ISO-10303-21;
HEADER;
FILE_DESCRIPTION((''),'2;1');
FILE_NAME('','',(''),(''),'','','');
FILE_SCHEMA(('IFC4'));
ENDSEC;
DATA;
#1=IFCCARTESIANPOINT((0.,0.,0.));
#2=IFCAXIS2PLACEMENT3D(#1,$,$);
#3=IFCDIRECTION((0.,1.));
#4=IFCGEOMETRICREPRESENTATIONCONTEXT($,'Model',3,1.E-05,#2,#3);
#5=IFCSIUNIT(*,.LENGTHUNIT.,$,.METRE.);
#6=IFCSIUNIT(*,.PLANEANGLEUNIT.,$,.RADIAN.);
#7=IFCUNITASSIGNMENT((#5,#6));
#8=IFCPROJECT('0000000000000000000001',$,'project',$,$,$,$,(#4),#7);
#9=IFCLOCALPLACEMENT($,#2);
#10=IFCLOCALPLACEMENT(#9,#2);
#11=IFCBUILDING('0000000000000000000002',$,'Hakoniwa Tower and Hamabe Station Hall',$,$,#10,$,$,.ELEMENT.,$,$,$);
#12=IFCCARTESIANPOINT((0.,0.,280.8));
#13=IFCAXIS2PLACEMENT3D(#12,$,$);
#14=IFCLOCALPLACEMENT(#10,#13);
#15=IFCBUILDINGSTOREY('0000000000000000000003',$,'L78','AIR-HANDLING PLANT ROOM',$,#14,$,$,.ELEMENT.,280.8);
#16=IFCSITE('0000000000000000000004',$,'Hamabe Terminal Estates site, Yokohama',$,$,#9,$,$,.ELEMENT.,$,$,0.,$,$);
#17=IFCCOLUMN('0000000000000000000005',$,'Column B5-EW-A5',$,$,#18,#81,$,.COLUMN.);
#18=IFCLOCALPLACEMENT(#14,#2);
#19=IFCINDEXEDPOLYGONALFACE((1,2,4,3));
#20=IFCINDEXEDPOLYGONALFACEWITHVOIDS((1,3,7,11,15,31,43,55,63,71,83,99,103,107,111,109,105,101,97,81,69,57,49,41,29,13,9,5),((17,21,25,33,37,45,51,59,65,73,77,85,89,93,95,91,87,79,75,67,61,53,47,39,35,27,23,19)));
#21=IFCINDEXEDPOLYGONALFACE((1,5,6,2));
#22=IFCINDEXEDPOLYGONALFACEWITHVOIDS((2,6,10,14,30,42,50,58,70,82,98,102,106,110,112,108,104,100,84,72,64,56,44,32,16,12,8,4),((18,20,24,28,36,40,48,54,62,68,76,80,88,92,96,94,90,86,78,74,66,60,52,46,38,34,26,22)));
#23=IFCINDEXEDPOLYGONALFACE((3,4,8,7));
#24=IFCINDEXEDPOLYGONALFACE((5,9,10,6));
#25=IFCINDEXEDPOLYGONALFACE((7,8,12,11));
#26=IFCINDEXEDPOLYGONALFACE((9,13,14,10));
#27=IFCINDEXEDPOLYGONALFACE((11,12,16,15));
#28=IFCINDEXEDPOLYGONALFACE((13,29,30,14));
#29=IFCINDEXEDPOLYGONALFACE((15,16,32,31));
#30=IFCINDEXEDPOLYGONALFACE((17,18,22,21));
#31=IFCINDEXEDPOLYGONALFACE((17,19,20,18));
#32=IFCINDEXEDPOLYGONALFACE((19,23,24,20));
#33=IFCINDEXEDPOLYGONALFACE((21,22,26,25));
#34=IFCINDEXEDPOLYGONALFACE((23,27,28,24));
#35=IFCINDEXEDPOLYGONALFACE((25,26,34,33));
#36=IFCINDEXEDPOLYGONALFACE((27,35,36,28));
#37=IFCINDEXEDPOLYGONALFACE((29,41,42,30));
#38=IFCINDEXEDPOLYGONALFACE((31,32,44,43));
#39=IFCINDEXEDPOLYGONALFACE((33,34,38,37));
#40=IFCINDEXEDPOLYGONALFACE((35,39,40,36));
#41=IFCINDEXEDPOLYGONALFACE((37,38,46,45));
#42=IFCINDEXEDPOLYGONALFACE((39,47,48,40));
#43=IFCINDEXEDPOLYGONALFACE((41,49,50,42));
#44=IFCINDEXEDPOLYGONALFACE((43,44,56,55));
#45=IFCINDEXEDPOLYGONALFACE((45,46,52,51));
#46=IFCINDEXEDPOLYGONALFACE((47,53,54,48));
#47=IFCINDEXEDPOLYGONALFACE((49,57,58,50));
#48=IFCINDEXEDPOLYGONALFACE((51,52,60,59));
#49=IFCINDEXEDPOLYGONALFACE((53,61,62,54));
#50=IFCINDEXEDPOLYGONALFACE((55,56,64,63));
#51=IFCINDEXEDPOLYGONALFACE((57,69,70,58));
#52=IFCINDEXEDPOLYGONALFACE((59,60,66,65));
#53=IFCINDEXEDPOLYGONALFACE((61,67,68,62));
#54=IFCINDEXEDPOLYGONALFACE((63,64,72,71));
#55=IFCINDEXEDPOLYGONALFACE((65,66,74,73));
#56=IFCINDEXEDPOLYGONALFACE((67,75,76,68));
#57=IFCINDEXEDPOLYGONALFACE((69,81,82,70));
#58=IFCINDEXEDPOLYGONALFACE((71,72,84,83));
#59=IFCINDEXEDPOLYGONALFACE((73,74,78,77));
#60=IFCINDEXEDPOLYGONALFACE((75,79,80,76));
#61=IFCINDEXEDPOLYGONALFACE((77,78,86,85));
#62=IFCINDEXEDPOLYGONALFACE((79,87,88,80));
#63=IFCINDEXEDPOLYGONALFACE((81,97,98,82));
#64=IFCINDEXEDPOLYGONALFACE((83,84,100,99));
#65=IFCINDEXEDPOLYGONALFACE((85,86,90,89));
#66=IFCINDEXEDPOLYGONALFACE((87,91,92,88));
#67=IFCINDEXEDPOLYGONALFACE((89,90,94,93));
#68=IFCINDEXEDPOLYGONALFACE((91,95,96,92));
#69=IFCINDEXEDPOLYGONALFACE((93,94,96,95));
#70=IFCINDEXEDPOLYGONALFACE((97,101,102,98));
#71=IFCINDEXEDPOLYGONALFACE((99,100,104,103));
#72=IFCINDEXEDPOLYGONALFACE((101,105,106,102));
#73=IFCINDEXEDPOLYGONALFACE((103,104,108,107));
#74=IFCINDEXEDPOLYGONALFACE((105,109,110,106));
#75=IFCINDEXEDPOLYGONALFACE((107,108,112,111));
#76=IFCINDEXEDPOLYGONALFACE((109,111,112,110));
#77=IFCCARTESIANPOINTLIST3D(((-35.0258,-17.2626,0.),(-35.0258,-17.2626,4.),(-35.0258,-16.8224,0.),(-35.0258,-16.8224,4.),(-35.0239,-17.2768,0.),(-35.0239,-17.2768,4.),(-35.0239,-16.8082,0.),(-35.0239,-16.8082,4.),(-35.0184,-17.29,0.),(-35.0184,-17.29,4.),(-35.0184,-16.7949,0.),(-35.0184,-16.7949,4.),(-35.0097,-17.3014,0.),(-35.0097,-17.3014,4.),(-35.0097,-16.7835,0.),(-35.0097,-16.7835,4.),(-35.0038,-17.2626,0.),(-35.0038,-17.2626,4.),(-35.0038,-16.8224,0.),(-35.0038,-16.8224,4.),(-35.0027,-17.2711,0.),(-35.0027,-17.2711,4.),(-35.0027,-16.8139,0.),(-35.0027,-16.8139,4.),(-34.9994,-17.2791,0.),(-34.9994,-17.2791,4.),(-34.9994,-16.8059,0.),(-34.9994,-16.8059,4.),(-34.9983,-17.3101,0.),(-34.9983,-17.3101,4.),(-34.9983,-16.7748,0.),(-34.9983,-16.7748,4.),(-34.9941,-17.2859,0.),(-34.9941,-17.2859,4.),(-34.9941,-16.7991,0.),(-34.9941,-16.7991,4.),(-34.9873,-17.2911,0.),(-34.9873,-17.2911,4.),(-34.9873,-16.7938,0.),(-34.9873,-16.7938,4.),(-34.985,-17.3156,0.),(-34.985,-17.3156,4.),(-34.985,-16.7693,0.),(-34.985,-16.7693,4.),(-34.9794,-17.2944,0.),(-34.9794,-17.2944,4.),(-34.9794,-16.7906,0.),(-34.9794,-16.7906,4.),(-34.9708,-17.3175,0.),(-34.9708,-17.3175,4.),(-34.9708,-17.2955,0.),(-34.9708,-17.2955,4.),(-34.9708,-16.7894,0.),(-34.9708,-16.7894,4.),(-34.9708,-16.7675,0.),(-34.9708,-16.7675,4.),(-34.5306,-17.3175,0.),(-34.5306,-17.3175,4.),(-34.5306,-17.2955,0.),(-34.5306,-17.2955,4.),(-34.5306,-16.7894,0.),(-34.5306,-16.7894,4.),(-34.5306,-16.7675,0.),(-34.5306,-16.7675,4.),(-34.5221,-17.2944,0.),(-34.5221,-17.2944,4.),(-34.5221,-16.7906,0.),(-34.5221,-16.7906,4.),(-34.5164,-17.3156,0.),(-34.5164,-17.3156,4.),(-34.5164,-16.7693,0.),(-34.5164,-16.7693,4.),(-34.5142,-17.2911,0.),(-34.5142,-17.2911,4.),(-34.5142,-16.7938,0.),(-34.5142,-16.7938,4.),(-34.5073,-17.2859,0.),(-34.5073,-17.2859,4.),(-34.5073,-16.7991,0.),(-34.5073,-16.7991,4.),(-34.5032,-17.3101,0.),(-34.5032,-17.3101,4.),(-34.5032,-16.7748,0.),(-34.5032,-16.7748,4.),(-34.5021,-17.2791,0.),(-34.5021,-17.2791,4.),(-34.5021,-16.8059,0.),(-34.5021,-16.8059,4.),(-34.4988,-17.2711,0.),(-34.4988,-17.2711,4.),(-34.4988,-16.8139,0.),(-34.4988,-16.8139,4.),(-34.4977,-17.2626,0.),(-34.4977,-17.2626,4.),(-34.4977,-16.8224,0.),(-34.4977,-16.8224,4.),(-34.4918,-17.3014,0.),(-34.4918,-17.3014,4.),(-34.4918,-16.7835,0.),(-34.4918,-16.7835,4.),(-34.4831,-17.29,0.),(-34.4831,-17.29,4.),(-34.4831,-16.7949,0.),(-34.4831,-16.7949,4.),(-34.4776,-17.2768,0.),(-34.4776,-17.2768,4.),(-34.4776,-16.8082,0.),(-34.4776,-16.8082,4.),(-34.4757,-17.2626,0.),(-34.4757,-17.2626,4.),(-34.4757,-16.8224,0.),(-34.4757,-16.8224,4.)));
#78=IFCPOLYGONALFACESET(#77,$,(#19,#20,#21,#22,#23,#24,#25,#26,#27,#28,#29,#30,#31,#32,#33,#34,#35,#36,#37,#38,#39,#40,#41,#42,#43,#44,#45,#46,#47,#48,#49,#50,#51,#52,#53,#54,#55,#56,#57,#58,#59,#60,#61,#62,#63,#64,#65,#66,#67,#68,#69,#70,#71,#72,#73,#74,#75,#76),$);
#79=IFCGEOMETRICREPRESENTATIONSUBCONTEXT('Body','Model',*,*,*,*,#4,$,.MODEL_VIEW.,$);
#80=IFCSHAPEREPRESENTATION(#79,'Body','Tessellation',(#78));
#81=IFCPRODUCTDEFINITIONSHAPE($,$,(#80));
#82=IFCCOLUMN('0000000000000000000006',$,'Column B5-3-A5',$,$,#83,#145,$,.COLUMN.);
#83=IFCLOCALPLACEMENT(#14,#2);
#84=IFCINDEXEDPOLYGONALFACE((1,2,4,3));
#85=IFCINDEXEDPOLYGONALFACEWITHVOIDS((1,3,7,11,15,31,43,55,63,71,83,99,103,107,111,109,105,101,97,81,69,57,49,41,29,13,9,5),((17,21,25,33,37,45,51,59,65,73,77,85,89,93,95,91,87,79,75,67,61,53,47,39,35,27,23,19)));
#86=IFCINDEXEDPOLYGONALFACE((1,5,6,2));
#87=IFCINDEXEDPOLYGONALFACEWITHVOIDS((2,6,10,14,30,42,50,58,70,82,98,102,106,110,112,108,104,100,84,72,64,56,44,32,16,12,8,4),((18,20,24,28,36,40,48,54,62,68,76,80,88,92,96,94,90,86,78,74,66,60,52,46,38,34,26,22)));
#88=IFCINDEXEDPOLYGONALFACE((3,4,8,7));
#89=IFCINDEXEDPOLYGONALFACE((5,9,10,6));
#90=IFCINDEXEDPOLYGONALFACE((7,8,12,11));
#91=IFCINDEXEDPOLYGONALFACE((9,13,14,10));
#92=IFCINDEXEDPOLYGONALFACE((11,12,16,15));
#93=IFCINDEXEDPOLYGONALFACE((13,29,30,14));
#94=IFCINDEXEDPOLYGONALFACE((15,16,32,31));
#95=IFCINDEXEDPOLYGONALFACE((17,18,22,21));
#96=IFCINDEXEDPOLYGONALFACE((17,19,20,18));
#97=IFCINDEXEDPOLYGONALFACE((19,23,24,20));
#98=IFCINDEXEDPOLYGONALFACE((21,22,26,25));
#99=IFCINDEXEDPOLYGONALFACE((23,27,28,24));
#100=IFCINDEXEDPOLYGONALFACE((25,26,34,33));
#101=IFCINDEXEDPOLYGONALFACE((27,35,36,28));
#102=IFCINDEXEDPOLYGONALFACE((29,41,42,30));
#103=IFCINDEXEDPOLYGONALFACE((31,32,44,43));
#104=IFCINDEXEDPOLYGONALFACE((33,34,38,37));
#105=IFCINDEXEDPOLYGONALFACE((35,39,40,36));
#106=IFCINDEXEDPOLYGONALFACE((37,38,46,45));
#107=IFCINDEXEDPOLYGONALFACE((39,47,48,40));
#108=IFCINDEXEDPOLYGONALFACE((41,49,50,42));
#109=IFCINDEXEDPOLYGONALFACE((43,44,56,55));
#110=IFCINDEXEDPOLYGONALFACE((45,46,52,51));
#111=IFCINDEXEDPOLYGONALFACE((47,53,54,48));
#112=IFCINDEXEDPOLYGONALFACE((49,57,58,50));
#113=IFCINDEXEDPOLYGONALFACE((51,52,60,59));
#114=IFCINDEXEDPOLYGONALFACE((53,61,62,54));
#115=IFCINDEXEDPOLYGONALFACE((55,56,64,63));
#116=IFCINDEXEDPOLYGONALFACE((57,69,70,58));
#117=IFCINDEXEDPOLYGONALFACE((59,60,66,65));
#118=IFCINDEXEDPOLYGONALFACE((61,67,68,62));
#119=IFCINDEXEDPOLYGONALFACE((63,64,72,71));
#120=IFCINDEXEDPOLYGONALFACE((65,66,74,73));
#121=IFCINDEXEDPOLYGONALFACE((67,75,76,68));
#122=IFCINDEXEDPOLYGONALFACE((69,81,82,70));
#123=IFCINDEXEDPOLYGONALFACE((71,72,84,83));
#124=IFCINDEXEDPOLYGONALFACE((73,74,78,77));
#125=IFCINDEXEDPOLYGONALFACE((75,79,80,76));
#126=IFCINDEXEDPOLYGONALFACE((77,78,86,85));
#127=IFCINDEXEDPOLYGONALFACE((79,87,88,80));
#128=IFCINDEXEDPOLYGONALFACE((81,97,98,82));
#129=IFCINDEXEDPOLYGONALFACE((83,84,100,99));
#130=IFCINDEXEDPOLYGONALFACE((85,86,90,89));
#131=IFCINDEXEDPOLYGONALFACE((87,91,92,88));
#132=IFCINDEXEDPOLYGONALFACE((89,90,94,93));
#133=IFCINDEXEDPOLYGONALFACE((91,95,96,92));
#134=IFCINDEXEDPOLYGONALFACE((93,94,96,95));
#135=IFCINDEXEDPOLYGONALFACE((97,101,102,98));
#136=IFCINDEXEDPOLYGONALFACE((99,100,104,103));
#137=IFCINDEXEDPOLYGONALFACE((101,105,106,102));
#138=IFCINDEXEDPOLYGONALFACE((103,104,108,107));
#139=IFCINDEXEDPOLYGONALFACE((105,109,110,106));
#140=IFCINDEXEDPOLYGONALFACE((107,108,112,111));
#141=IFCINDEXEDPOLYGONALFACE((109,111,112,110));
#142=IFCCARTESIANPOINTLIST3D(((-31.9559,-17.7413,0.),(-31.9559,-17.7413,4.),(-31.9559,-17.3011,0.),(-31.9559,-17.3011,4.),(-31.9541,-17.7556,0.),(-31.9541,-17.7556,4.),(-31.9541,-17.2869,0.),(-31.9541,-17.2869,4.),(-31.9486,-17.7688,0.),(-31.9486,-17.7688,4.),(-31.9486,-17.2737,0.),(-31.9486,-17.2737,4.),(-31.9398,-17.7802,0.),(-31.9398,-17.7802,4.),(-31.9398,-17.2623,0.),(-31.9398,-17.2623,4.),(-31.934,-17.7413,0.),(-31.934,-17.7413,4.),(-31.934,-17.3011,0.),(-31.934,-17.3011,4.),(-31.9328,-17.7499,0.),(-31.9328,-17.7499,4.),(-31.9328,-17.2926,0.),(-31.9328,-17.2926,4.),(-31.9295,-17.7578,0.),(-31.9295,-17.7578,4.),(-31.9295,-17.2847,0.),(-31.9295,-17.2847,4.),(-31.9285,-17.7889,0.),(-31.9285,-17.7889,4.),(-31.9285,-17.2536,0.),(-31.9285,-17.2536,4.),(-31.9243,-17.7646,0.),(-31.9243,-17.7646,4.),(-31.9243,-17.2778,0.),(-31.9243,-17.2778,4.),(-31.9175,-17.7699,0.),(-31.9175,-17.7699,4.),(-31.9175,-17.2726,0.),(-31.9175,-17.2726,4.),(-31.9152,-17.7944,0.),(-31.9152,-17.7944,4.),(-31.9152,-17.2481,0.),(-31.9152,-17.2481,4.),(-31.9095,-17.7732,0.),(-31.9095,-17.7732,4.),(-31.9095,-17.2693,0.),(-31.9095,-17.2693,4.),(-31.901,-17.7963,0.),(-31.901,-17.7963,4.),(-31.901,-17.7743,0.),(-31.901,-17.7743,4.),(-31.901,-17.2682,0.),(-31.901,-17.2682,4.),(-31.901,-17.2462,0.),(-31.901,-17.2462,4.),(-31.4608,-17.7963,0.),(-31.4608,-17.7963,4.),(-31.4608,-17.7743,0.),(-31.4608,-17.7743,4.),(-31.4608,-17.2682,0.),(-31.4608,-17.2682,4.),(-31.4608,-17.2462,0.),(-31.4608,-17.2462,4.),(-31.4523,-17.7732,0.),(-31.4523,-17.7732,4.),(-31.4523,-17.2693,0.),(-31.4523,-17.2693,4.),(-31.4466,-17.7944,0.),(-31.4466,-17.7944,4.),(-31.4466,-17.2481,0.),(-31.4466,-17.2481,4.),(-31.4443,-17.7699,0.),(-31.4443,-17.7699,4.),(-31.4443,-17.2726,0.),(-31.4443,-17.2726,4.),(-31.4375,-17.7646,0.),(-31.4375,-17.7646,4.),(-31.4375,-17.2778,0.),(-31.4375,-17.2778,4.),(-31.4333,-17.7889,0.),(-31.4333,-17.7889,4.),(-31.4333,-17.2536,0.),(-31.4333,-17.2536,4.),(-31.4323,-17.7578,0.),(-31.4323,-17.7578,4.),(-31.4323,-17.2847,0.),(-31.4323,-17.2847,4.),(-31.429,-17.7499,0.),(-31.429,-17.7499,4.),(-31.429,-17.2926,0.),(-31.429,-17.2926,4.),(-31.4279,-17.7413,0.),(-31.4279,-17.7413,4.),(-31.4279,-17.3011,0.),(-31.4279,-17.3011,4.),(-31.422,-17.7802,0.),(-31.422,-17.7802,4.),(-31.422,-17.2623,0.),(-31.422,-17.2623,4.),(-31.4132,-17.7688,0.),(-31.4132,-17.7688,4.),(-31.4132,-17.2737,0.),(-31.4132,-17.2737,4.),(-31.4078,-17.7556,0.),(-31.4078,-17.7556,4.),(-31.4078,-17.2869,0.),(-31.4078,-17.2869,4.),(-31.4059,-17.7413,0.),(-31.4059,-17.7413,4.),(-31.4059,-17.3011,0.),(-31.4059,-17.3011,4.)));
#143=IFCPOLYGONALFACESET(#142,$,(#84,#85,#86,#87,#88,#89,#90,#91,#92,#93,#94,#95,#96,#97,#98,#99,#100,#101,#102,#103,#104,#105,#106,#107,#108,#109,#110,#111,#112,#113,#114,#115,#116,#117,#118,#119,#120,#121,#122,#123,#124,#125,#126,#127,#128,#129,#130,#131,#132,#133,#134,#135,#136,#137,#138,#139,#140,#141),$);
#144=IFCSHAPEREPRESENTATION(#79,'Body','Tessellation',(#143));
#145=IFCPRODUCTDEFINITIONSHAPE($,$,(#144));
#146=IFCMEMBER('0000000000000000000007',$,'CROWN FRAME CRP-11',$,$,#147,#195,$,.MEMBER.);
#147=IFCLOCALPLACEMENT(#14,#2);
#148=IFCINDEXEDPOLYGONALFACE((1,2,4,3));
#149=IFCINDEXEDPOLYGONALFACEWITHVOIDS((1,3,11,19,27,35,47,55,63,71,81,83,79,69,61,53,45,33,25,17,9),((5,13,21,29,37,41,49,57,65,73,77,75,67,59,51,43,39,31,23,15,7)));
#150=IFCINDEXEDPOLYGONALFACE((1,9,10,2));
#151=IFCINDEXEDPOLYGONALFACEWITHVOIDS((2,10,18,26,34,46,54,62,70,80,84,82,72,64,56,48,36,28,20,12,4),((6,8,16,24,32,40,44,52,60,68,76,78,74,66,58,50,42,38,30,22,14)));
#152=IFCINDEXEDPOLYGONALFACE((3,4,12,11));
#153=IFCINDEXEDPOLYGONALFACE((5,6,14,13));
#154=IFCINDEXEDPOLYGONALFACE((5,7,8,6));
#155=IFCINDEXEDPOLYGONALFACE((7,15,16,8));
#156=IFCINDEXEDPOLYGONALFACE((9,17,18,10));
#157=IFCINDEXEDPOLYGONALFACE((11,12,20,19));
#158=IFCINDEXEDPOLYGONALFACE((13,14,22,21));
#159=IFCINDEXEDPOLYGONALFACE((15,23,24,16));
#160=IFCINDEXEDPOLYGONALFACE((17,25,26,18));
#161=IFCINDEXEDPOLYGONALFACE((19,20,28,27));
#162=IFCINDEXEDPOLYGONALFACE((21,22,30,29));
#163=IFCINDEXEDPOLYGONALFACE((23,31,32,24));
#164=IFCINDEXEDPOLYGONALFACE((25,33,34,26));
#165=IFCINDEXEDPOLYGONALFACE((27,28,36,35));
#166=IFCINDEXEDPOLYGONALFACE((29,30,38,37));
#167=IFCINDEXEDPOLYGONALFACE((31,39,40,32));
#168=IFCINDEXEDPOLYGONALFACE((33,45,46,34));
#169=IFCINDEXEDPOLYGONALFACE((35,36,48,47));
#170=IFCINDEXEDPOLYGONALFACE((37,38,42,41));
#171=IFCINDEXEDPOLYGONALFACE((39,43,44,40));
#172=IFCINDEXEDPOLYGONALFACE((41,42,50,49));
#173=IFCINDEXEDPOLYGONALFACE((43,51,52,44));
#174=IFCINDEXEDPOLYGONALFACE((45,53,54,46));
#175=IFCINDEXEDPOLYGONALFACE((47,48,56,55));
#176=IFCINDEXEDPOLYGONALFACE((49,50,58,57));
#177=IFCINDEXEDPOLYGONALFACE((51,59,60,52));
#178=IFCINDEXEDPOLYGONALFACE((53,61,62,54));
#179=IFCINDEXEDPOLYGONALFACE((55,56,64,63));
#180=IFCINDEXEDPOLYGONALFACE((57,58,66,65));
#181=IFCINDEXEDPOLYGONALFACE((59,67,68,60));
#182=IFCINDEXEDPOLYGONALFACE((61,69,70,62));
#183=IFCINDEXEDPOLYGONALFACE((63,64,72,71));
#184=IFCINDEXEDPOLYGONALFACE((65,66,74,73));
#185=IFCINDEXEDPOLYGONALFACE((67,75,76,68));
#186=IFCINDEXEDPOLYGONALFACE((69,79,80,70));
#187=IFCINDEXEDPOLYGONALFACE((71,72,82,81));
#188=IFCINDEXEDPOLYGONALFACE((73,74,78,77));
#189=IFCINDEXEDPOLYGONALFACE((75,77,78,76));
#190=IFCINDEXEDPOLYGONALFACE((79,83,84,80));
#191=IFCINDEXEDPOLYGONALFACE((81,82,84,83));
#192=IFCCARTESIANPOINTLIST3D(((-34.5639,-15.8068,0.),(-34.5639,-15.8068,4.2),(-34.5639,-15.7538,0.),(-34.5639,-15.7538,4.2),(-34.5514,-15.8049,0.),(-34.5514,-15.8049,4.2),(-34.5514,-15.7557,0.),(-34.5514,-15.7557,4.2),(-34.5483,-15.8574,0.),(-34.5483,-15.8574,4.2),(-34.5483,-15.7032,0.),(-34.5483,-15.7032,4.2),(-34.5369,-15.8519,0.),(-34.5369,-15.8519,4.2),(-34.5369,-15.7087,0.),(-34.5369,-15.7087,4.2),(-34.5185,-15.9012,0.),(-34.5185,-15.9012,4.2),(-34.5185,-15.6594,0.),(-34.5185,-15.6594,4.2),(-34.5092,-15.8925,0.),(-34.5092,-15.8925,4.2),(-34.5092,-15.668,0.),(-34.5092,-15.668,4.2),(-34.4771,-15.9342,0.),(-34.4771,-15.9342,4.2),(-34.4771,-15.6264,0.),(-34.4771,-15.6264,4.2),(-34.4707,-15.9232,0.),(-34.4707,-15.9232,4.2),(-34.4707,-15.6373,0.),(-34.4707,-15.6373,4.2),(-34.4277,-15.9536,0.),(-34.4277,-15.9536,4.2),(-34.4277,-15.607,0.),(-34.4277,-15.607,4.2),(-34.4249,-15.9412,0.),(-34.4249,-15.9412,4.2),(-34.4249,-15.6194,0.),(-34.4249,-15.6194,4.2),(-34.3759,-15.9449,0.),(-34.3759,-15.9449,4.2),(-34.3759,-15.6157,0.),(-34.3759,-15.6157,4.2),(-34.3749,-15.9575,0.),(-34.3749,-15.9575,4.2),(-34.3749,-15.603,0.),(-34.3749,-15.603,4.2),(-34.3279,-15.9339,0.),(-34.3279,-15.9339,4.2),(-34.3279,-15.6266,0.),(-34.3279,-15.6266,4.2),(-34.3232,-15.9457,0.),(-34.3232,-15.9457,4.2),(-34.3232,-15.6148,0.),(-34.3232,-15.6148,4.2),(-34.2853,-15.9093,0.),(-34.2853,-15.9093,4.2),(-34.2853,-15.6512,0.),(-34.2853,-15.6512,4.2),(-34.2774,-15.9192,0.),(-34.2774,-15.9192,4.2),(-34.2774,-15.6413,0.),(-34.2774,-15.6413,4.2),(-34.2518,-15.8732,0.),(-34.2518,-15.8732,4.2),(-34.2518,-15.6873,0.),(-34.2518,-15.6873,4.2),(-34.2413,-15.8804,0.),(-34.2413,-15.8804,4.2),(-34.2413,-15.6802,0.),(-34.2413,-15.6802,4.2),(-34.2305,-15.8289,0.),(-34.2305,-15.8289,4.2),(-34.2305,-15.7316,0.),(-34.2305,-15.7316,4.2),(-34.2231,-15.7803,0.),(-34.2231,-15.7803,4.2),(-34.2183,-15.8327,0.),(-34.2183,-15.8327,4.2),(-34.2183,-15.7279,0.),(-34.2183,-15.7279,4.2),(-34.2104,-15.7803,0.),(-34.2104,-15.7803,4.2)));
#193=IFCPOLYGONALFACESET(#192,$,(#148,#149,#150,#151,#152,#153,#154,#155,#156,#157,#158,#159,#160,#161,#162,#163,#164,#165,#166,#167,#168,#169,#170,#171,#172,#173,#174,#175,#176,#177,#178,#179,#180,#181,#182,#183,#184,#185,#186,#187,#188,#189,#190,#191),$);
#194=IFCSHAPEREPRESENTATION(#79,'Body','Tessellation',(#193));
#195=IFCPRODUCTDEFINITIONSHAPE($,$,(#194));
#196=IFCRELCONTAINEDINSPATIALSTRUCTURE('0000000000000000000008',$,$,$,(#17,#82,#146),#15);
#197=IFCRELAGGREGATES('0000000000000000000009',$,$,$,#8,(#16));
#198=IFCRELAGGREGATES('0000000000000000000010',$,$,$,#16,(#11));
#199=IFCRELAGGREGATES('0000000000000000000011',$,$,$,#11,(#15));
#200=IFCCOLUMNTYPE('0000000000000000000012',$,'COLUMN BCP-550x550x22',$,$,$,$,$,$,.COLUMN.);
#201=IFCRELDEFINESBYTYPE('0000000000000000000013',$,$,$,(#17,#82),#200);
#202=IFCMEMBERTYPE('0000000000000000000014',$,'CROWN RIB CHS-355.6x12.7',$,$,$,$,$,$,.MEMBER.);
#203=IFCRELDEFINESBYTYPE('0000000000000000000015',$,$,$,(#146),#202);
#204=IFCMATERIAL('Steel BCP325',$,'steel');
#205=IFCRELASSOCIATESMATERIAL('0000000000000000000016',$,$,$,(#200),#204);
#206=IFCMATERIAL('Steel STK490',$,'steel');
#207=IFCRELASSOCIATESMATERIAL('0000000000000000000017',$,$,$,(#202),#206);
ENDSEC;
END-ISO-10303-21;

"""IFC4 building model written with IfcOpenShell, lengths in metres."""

from ifc_helpers import new_model, si_unit, direction, frame, origin, origin_2d, place, context, subcontext, project, spatial, hollow_rectangle, hollow_circle, extrude, material, material_profile, profile_set, type_object, element, save


model = new_model("IFC4")

# Units and contexts
model_context = context("Model", 3, precision=1e-05, world=origin(), true_north=direction((0.0, 1.0)))
body_context = subcontext(model_context, "Body", "Model", "MODEL_VIEW")
ifc_project = project(units=[si_unit("LENGTHUNIT", "METRE"), si_unit("PLANEANGLEUNIT", "RADIAN")], contexts=[model_context])

# Site, building, storey
site_placement = place(None, origin())
site = spatial("IfcSite", under=ifc_project, at=site_placement, Name="Hamabe Terminal Estates site, Yokohama", CompositionType="ELEMENT", RefElevation=0.0)
building_placement = place(site_placement, origin())
building = spatial("IfcBuilding", under=site, at=building_placement, Name="Hakoniwa Tower and Hamabe Station Hall", CompositionType="ELEMENT")
storey_placement = place(building_placement, frame((0.0, 0.0, 280.8)))
storey = spatial("IfcBuildingStorey", under=building, at=storey_placement, Name="L78", Description="AIR-HANDLING PLANT ROOM", CompositionType="ELEMENT", Elevation=280.8)

# Columns
ifc_material_1 = material(Name="Steel BCP325", Category="steel")
ifc_material_profile_1 = material_profile(ifc_material_1, hollow_rectangle(XDim=0.55, YDim=0.55, WallThickness=0.022, InnerFilletRadius=0.033, OuterFilletRadius=0.0549, at=origin_2d()), Name="BCP-550x550x22")
ifc_profile_set_1 = profile_set([ifc_material_profile_1], Name="Steel BCP325")
column_type = type_object("IfcColumnType", Name="COLUMN BCP-550x550x22", PredefinedType="COLUMN", material=ifc_profile_set_1)
for number, where, z_axis, x_axis, name in (
    (1, (-34.7507, -17.0425, 0.0), (0.0, 0.0, 1.0), (1.0, 0.0, 0.0), "Column B5-EW-A5"),
    (2, (-31.6809, -17.5212, 0.0), (0.0, 0.0, 1.0), (1.0, 0.0, 0.0), "Column B5-3-A5"),
):
    element("IfcColumn", number, at=place(storey_placement, frame(where, z_axis=z_axis, x_axis=x_axis)), inside=storey, type_object=column_type, Name=name, PredefinedType="COLUMN", context=body_context, shape_type="SweptSolid", body=[
        extrude(hollow_rectangle(XDim=0.55, YDim=0.55, WallThickness=0.022, InnerFilletRadius=0.033, OuterFilletRadius=0.0549, at=origin_2d()), origin(), (0.0, 0.0, 1.0), 4.0),
    ])

# Member
ifc_material_2 = material(Name="Steel STK490", Category="steel")
ifc_material_profile_2 = material_profile(ifc_material_2, hollow_circle(Radius=0.1777, WallThickness=0.0127, at=origin_2d()), Name="CHS-355.6x12.7")
ifc_profile_set_2 = profile_set([ifc_material_profile_2], Name="Steel STK490")
member_type = type_object("IfcMemberType", Name="CROWN RIB CHS-355.6x12.7", PredefinedType="MEMBER", material=ifc_profile_set_2)
for number, where, z_axis, x_axis, name in (
    (3, (-34.3882, -15.7803, 0.0), (0.0, 0.0, 1.0), (1.0, 0.0, 0.0), "CROWN FRAME CRP-11"),
):
    element("IfcMember", number, at=place(storey_placement, frame(where, z_axis=z_axis, x_axis=x_axis)), inside=storey, type_object=member_type, Name=name, PredefinedType="MEMBER", context=body_context, shape_type="SweptSolid", body=[
        extrude(hollow_circle(Radius=0.1777, WallThickness=0.0127, at=origin_2d()), origin(), (0.0, 0.0, 1.0), 4.2),
    ])

save(model, "model.ifc")
